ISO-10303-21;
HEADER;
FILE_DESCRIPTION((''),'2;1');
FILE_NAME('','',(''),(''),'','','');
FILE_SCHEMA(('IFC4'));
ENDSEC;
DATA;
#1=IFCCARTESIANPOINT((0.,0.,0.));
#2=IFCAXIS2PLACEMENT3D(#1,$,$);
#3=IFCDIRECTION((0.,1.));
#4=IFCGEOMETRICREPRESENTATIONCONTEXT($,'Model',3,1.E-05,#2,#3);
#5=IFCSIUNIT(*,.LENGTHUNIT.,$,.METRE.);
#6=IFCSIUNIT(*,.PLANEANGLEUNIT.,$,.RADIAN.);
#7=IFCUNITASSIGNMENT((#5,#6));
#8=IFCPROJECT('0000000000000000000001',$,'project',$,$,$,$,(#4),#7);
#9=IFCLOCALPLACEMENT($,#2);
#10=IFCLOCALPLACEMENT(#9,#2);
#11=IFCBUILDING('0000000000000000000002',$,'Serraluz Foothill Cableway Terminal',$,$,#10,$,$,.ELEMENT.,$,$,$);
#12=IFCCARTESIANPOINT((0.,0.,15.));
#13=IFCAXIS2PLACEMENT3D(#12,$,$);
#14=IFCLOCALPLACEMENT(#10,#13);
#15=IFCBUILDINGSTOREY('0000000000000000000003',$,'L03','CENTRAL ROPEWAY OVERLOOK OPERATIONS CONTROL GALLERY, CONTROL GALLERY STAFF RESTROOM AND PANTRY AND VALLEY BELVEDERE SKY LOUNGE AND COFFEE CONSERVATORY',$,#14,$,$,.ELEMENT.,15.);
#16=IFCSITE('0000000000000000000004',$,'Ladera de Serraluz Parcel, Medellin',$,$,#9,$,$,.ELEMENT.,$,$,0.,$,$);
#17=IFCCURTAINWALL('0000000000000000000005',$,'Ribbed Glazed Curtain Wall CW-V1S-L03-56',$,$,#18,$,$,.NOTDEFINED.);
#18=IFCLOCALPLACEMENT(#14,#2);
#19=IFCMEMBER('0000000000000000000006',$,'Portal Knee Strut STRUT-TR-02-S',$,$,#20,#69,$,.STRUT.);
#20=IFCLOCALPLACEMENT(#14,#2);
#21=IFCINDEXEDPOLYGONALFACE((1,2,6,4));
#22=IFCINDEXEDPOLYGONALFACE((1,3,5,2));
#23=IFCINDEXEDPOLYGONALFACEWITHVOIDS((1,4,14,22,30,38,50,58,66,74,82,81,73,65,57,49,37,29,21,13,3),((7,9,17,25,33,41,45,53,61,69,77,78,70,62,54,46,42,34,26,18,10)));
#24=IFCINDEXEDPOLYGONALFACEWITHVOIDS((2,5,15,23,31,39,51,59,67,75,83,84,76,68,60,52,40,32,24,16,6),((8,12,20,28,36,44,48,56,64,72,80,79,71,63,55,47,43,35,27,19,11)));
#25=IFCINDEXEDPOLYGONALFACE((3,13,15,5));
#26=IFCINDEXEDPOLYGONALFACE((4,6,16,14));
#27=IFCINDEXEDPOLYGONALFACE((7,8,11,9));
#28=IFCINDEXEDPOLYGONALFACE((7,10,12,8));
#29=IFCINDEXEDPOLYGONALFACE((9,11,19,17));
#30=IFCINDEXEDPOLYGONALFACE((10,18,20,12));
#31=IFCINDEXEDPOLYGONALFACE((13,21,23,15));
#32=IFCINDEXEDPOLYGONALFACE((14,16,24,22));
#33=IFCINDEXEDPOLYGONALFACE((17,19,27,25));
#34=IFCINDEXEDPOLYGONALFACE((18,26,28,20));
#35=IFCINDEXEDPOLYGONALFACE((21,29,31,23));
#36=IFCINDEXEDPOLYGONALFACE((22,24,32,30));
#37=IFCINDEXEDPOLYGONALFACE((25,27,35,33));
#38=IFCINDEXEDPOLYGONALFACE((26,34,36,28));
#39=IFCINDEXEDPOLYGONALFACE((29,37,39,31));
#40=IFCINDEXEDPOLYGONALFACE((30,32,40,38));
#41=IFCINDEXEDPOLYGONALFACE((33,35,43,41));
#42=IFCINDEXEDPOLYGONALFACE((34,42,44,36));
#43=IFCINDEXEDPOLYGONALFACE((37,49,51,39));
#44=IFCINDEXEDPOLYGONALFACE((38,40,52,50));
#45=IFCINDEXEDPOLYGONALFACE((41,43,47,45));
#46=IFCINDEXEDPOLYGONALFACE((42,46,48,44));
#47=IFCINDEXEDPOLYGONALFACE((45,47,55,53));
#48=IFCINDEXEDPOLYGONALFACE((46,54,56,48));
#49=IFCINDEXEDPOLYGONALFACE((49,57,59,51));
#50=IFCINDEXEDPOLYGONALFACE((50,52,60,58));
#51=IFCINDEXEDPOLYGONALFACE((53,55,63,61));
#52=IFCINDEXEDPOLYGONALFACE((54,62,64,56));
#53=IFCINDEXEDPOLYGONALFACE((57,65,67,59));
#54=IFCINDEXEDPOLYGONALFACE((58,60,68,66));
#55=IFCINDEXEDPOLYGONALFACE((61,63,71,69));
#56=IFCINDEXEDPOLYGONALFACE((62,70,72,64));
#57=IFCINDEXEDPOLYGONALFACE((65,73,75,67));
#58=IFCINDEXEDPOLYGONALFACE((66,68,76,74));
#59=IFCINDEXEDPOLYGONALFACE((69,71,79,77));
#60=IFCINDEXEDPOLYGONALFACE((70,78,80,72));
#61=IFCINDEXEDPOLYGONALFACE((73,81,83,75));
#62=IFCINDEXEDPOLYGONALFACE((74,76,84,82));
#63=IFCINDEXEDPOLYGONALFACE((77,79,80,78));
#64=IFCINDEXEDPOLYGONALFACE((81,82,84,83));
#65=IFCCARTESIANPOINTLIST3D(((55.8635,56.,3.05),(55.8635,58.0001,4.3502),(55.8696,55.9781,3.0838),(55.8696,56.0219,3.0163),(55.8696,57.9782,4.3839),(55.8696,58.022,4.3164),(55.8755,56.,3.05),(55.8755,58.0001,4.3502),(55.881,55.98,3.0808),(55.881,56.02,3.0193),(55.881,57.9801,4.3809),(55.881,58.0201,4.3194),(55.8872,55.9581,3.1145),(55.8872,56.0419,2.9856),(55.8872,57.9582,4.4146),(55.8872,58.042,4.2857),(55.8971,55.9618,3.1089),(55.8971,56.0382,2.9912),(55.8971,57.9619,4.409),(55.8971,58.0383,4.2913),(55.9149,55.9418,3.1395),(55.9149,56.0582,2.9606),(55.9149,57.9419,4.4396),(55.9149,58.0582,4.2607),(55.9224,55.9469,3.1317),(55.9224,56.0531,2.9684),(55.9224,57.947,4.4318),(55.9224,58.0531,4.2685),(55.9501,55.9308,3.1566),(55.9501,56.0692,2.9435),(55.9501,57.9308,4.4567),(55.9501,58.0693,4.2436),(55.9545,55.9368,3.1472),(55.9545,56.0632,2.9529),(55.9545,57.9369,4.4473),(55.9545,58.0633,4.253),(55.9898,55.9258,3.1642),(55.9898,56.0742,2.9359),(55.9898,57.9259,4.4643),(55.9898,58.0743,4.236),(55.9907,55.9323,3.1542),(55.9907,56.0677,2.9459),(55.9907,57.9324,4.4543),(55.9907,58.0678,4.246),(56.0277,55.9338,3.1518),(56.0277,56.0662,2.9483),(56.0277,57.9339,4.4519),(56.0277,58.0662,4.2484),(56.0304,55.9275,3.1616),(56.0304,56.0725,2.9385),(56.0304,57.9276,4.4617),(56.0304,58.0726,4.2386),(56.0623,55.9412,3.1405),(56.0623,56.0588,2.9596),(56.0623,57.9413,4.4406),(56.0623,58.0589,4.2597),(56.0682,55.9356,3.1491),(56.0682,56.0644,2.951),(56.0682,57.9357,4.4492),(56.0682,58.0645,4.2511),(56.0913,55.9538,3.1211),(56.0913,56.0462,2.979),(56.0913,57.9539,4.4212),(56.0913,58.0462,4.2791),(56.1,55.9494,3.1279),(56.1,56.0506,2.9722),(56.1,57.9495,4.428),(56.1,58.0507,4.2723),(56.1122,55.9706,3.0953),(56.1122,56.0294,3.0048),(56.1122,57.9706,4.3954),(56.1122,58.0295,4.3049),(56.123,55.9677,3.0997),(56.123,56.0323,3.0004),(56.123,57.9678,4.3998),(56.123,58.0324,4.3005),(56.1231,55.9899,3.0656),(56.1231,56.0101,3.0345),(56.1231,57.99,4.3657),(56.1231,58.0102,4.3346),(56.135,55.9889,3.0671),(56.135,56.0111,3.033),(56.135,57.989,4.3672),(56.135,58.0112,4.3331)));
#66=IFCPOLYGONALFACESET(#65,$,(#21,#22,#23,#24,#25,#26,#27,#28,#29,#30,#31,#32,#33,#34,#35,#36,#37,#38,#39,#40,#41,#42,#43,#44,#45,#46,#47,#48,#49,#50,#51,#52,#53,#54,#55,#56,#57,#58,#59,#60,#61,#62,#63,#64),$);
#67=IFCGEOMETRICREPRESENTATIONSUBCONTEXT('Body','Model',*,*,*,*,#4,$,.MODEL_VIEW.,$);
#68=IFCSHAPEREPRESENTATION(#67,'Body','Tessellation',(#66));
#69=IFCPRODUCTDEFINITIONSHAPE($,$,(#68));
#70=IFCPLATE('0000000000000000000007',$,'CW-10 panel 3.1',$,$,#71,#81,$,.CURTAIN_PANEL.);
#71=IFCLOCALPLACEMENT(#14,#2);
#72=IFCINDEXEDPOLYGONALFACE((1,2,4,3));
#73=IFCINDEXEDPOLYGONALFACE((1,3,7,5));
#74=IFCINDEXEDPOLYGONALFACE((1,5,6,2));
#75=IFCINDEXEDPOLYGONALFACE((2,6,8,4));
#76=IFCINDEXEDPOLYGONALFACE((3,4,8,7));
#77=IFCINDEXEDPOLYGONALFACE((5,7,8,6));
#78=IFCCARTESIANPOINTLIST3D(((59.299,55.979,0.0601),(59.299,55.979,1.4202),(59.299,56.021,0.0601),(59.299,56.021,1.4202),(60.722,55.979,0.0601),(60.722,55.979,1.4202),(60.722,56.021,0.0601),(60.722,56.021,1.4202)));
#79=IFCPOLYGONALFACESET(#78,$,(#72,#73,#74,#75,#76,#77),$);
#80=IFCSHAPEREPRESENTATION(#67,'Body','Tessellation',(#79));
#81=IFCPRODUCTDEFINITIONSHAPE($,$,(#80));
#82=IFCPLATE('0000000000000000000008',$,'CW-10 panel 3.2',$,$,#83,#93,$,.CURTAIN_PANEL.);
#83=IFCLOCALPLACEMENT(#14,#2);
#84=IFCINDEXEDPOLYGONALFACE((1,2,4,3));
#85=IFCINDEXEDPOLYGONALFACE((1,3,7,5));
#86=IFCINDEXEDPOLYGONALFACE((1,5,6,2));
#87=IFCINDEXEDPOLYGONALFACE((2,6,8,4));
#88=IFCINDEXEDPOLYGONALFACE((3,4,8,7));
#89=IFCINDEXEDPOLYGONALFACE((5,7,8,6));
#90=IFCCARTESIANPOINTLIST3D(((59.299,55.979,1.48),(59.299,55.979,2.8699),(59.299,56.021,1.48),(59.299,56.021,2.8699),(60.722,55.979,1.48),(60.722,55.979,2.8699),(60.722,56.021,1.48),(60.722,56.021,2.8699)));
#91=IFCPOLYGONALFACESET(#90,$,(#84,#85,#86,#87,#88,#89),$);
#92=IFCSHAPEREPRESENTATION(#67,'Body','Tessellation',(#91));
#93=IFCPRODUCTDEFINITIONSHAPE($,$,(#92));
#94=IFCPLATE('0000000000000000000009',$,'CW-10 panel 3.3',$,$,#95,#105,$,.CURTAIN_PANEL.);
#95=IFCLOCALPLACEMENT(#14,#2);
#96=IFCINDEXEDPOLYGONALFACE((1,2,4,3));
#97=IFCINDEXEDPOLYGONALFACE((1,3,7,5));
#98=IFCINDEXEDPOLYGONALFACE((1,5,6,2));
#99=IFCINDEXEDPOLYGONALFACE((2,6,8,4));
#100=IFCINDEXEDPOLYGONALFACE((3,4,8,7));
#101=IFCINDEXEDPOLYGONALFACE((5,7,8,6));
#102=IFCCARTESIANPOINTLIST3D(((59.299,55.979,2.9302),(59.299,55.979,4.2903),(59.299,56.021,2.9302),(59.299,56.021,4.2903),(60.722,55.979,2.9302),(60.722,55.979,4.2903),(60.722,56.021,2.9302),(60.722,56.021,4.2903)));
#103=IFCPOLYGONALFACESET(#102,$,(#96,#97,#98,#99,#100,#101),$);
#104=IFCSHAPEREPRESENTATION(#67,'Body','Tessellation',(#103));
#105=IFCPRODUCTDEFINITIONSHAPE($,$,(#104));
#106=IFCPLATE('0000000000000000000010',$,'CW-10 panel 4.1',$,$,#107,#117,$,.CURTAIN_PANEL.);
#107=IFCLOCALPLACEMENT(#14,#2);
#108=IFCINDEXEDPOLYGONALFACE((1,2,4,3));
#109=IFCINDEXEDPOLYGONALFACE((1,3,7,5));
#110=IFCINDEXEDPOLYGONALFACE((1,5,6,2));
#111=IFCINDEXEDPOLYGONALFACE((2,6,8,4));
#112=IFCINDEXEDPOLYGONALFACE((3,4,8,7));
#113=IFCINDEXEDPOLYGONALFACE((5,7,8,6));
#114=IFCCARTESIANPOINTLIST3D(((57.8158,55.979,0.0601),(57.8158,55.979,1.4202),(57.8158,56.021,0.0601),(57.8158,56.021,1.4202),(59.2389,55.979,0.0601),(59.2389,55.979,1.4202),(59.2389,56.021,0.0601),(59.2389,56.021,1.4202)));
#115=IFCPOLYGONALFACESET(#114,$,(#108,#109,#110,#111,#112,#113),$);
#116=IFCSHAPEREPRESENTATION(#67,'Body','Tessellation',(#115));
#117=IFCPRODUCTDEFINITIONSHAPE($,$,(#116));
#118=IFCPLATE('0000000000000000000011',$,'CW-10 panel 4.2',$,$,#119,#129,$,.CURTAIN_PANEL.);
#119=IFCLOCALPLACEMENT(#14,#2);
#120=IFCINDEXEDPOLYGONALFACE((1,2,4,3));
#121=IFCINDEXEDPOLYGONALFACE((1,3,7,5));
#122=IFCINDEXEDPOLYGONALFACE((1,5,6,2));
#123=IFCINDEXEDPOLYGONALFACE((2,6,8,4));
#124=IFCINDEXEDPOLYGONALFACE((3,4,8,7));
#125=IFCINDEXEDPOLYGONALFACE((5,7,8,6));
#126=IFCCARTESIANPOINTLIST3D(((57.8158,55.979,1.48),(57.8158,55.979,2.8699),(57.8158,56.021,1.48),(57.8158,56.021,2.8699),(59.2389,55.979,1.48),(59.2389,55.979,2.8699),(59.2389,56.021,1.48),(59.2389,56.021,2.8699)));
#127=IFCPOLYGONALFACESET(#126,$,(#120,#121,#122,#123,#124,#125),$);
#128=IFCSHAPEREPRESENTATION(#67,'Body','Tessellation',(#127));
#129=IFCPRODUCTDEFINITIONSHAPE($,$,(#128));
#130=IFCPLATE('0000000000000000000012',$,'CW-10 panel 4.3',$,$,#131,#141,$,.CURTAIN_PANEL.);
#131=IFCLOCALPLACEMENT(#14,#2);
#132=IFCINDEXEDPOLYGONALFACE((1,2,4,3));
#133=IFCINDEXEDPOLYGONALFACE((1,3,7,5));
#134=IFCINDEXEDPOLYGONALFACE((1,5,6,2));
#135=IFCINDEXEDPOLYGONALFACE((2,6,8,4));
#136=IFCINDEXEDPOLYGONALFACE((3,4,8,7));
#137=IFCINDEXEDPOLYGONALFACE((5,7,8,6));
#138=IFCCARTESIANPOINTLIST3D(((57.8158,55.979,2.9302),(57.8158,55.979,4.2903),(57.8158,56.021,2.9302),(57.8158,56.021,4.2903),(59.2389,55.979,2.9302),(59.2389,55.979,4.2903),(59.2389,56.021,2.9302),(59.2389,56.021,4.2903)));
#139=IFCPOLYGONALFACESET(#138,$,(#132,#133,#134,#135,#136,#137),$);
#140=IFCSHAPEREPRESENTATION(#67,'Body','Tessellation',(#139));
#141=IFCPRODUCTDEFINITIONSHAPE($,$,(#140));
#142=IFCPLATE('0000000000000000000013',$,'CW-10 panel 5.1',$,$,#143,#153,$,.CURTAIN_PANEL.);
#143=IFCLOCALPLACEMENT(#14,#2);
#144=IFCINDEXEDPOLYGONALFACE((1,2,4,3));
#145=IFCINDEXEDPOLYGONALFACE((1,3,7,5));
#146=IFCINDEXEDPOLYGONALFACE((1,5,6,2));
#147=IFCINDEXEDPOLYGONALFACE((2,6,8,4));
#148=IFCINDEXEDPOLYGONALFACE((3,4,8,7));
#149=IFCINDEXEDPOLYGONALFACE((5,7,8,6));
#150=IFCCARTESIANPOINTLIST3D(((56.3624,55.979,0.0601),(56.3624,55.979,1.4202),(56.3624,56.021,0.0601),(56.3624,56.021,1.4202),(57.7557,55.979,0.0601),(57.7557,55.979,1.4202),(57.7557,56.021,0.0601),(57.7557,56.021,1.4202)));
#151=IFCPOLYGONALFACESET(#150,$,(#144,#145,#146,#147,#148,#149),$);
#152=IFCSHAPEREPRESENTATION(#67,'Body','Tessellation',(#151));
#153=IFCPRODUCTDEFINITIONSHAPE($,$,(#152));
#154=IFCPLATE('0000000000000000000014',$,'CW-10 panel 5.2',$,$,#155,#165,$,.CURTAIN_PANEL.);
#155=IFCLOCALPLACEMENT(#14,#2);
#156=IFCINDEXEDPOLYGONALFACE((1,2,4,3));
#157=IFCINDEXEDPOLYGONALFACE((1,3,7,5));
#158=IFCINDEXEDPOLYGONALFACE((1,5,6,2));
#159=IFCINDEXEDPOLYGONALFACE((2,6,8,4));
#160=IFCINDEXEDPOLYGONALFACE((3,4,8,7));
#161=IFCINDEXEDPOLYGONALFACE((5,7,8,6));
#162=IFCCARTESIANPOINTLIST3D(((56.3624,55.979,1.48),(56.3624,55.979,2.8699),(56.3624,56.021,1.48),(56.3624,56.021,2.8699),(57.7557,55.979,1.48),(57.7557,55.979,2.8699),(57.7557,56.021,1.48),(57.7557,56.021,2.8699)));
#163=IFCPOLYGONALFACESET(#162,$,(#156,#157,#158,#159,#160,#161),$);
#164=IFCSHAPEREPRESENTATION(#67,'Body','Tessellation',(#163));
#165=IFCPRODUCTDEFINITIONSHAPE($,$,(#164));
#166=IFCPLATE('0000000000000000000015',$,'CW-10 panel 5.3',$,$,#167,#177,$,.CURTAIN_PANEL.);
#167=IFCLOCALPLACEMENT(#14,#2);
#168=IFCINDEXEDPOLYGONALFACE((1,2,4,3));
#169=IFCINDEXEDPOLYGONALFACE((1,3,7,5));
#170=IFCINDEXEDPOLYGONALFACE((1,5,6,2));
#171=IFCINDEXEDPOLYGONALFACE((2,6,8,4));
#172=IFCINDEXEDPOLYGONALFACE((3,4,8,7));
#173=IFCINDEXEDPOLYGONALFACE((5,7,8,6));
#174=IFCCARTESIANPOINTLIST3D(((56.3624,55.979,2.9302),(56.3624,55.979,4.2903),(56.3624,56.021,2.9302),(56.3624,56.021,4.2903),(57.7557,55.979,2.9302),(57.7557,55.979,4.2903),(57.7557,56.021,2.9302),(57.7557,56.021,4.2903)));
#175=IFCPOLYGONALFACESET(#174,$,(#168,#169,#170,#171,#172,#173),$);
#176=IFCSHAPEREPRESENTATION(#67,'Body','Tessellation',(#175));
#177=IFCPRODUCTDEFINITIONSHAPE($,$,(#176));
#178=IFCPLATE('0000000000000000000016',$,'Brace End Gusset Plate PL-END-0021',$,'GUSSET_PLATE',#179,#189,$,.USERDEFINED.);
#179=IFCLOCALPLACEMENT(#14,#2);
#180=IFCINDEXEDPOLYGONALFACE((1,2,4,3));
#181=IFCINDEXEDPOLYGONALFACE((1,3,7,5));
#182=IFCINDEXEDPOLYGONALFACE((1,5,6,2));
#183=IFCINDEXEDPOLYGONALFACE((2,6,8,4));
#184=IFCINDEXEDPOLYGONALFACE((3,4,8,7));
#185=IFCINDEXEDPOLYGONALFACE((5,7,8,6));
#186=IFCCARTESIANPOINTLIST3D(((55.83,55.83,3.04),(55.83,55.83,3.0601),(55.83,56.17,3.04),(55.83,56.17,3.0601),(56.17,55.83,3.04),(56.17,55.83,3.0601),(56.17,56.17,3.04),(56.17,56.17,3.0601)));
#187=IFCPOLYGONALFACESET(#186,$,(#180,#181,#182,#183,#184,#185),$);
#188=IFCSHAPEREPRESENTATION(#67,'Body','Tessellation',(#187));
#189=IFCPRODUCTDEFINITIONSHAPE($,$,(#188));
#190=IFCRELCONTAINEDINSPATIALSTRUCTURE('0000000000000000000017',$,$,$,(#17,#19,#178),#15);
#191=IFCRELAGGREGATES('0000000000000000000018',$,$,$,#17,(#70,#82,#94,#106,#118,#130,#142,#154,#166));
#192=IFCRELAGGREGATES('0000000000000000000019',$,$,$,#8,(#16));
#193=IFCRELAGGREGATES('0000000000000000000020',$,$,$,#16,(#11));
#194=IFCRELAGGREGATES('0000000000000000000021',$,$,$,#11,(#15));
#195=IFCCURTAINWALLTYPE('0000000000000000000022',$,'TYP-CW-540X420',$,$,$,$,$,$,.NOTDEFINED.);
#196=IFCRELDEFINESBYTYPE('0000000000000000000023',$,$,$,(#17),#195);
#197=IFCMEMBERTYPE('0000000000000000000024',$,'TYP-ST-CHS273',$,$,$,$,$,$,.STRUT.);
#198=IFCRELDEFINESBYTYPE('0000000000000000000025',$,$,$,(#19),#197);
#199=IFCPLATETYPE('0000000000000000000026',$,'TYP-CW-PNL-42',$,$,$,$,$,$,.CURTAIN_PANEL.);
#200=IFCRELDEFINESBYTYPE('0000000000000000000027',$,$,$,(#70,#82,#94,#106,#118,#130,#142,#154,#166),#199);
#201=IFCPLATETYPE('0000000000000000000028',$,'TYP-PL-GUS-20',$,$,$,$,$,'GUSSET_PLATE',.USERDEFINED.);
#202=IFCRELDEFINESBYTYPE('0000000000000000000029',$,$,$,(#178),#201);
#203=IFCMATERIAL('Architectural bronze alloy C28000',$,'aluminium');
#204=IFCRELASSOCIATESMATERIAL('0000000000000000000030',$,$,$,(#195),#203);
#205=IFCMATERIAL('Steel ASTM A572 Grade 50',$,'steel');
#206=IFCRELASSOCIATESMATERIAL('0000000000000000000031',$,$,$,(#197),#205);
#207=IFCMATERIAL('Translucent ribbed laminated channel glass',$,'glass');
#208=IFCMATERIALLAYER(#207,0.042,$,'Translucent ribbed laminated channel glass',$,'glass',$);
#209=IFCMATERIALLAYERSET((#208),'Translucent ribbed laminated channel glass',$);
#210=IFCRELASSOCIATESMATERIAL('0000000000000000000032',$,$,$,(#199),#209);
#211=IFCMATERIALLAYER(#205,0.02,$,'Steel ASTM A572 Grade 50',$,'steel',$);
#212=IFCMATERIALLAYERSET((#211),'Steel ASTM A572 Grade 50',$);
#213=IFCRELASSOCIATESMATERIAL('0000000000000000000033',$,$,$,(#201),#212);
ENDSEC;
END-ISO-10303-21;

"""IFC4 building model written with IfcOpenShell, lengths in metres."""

from ifc_helpers import new_model, si_unit, direction, frame, origin, origin_2d, place, context, subcontext, project, spatial, rectangle, hollow_circle, extrude, material, layer, layer_set, material_profile, profile_set, type_object, element, aggregate, save


model = new_model("IFC4")

# Units and contexts
model_context = context("Model", 3, precision=1e-05, world=origin(), true_north=direction((0.0, 1.0)))
body_context = subcontext(model_context, "Body", "Model", "MODEL_VIEW")
ifc_project = project(units=[si_unit("LENGTHUNIT", "METRE"), si_unit("PLANEANGLEUNIT", "RADIAN")], contexts=[model_context])

# Site, building, storey
site_placement = place(None, origin())
site = spatial("IfcSite", under=ifc_project, at=site_placement, Name="Ladera de Serraluz Parcel, Medellin", CompositionType="ELEMENT", RefElevation=0.0)
building_placement = place(site_placement, origin())
building = spatial("IfcBuilding", under=site, at=building_placement, Name="Serraluz Foothill Cableway Terminal", CompositionType="ELEMENT")
storey_placement = place(building_placement, frame((0.0, 0.0, 15.0)))
storey = spatial("IfcBuildingStorey", under=building, at=storey_placement, Name="L03", Description="CENTRAL ROPEWAY OVERLOOK OPERATIONS CONTROL GALLERY, CONTROL GALLERY STAFF RESTROOM AND PANTRY AND VALLEY BELVEDERE SKY LOUNGE AND COFFEE CONSERVATORY", CompositionType="ELEMENT", Elevation=15.0)

# Shared definitions
ifc_material_1 = material(Name="Architectural bronze alloy C28000", Category="aluminium")

# Curtain wall
curtain_wall_type_1 = type_object("IfcCurtainWallType", Name="TYP-CW-540X420", PredefinedType="NOTDEFINED", material=ifc_material_1)
curtain_wall_1_placement = place(storey_placement, origin())
curtain_wall_1 = element("IfcCurtainWall", 1, at=curtain_wall_1_placement, inside=storey, type_object=curtain_wall_type_1, Name="Ribbed Glazed Curtain Wall CW-V1S-L03-56", PredefinedType="NOTDEFINED")

# Member
ifc_material_2 = material(Name="Steel ASTM A572 Grade 50", Category="steel")
ifc_material_profile_1 = material_profile(ifc_material_2, hollow_circle(Radius=0.1365, WallThickness=0.012, at=origin_2d()), Name="CHS273X12")
ifc_profile_set_1 = profile_set([ifc_material_profile_1], Name="Steel ASTM A572 Grade 50")
member_type_1 = type_object("IfcMemberType", Name="TYP-ST-CHS273", PredefinedType="STRUT", material=ifc_profile_set_1)
member_1_placement = place(storey_placement, frame((56.0, 56.0, 3.05), z_axis=(0.0, 0.838434, 0.545003), x_axis=(-1.0, 0.0, 0.0)))
element("IfcMember", 2, at=member_1_placement, inside=storey, type_object=member_type_1, Name="Portal Knee Strut STRUT-TR-02-S", PredefinedType="STRUT", context=body_context, shape_type="SweptSolid", body=[
    extrude(hollow_circle(Radius=0.1365, WallThickness=0.012, at=origin_2d()), origin(), (0.0, 0.0, 1.0), 2.3855),
])

# Plates
ifc_material_3 = material(Name="Translucent ribbed laminated channel glass", Category="glass")
ifc_layer_1 = layer(ifc_material_3, 0.042, Name="Translucent ribbed laminated channel glass", Category="glass")
ifc_layer_set_1 = layer_set([ifc_layer_1], Name="Translucent ribbed laminated channel glass")
plate_type_1 = type_object("IfcPlateType", Name="TYP-CW-PNL-42", PredefinedType="CURTAIN_PANEL", material=ifc_layer_set_1)
plate_1_placement = place(storey_placement, frame((60.0105, 56.0, 0.0601), z_axis=(0.0, 0.0, 1.0), x_axis=(-1.0, 0.0, 0.0)))
plate_1 = element("IfcPlate", 3, at=plate_1_placement, type_object=plate_type_1, Name="CW-10 panel 3.1", PredefinedType="CURTAIN_PANEL", context=body_context, shape_type="SweptSolid", body=[
    extrude(rectangle(XDim=1.4231, YDim=0.042, at=origin_2d()), origin(), (0.0, 0.0, 1.0), 1.3601),
])
plate_2_placement = place(storey_placement, frame((60.0105, 56.0, 1.48), z_axis=(0.0, 0.0, 1.0), x_axis=(-1.0, 0.0, 0.0)))
plate_2 = element("IfcPlate", 4, at=plate_2_placement, type_object=plate_type_1, Name="CW-10 panel 3.2", PredefinedType="CURTAIN_PANEL", context=body_context, shape_type="SweptSolid", body=[
    extrude(rectangle(XDim=1.4231, YDim=0.042, at=origin_2d()), origin(), (0.0, 0.0, 1.0), 1.3899),
])
plate_3_placement = place(storey_placement, frame((60.0105, 56.0, 2.9302), z_axis=(0.0, 0.0, 1.0), x_axis=(-1.0, 0.0, 0.0)))
plate_3 = element("IfcPlate", 5, at=plate_3_placement, type_object=plate_type_1, Name="CW-10 panel 3.3", PredefinedType="CURTAIN_PANEL", context=body_context, shape_type="SweptSolid", body=[
    extrude(rectangle(XDim=1.4231, YDim=0.042, at=origin_2d()), origin(), (0.0, 0.0, 1.0), 1.3601),
])
plate_4_placement = place(storey_placement, frame((58.5273, 56.0, 0.0601), z_axis=(0.0, 0.0, 1.0), x_axis=(-1.0, 0.0, 0.0)))
plate_4 = element("IfcPlate", 6, at=plate_4_placement, type_object=plate_type_1, Name="CW-10 panel 4.1", PredefinedType="CURTAIN_PANEL", context=body_context, shape_type="SweptSolid", body=[
    extrude(rectangle(XDim=1.4231, YDim=0.042, at=origin_2d()), origin(), (0.0, 0.0, 1.0), 1.3601),
])
plate_5_placement = place(storey_placement, frame((58.5273, 56.0, 1.48), z_axis=(0.0, 0.0, 1.0), x_axis=(-1.0, 0.0, 0.0)))
plate_5 = element("IfcPlate", 7, at=plate_5_placement, type_object=plate_type_1, Name="CW-10 panel 4.2", PredefinedType="CURTAIN_PANEL", context=body_context, shape_type="SweptSolid", body=[
    extrude(rectangle(XDim=1.4231, YDim=0.042, at=origin_2d()), origin(), (0.0, 0.0, 1.0), 1.3899),
])
plate_6_placement = place(storey_placement, frame((58.5273, 56.0, 2.9302), z_axis=(0.0, 0.0, 1.0), x_axis=(-1.0, 0.0, 0.0)))
plate_6 = element("IfcPlate", 8, at=plate_6_placement, type_object=plate_type_1, Name="CW-10 panel 4.3", PredefinedType="CURTAIN_PANEL", context=body_context, shape_type="SweptSolid", body=[
    extrude(rectangle(XDim=1.4231, YDim=0.042, at=origin_2d()), origin(), (0.0, 0.0, 1.0), 1.3601),
])
plate_7_placement = place(storey_placement, frame((57.0591, 56.0, 0.0601), z_axis=(0.0, 0.0, 1.0), x_axis=(-1.0, 0.0, 0.0)))
plate_7 = element("IfcPlate", 9, at=plate_7_placement, type_object=plate_type_1, Name="CW-10 panel 5.1", PredefinedType="CURTAIN_PANEL", context=body_context, shape_type="SweptSolid", body=[
    extrude(rectangle(XDim=1.3933, YDim=0.042, at=origin_2d()), origin(), (0.0, 0.0, 1.0), 1.3601),
])
plate_8_placement = place(storey_placement, frame((57.0591, 56.0, 1.48), z_axis=(0.0, 0.0, 1.0), x_axis=(-1.0, 0.0, 0.0)))
plate_8 = element("IfcPlate", 10, at=plate_8_placement, type_object=plate_type_1, Name="CW-10 panel 5.2", PredefinedType="CURTAIN_PANEL", context=body_context, shape_type="SweptSolid", body=[
    extrude(rectangle(XDim=1.3933, YDim=0.042, at=origin_2d()), origin(), (0.0, 0.0, 1.0), 1.3899),
])
plate_9_placement = place(storey_placement, frame((57.0591, 56.0, 2.9302), z_axis=(0.0, 0.0, 1.0), x_axis=(-1.0, 0.0, 0.0)))
plate_9 = element("IfcPlate", 11, at=plate_9_placement, type_object=plate_type_1, Name="CW-10 panel 5.3", PredefinedType="CURTAIN_PANEL", context=body_context, shape_type="SweptSolid", body=[
    extrude(rectangle(XDim=1.3933, YDim=0.042, at=origin_2d()), origin(), (0.0, 0.0, 1.0), 1.3601),
])
aggregate(curtain_wall_1, [plate_1, plate_2, plate_3, plate_4, plate_5, plate_6, plate_7, plate_8, plate_9])
ifc_layer_2 = layer(ifc_material_2, 0.02, Name="Steel ASTM A572 Grade 50", Category="steel")
ifc_layer_set_2 = layer_set([ifc_layer_2], Name="Steel ASTM A572 Grade 50")
plate_type_2 = type_object("IfcPlateType", Name="TYP-PL-GUS-20", ElementType="GUSSET_PLATE", PredefinedType="USERDEFINED", material=ifc_layer_set_2)
plate_10_placement = place(storey_placement, frame((56.0, 56.0, 3.04), z_axis=(0.0, 0.0, 1.0), x_axis=(1.0, 0.0, 0.0)))
element("IfcPlate", 12, at=plate_10_placement, inside=storey, type_object=plate_type_2, Name="Brace End Gusset Plate PL-END-0021", ObjectType="GUSSET_PLATE", PredefinedType="USERDEFINED", context=body_context, shape_type="SweptSolid", body=[
    extrude(rectangle(XDim=0.3401, YDim=0.3401, at=origin_2d()), origin(), (0.0, 0.0, 1.0), 0.02),
])

save(model, "model.ifc")
